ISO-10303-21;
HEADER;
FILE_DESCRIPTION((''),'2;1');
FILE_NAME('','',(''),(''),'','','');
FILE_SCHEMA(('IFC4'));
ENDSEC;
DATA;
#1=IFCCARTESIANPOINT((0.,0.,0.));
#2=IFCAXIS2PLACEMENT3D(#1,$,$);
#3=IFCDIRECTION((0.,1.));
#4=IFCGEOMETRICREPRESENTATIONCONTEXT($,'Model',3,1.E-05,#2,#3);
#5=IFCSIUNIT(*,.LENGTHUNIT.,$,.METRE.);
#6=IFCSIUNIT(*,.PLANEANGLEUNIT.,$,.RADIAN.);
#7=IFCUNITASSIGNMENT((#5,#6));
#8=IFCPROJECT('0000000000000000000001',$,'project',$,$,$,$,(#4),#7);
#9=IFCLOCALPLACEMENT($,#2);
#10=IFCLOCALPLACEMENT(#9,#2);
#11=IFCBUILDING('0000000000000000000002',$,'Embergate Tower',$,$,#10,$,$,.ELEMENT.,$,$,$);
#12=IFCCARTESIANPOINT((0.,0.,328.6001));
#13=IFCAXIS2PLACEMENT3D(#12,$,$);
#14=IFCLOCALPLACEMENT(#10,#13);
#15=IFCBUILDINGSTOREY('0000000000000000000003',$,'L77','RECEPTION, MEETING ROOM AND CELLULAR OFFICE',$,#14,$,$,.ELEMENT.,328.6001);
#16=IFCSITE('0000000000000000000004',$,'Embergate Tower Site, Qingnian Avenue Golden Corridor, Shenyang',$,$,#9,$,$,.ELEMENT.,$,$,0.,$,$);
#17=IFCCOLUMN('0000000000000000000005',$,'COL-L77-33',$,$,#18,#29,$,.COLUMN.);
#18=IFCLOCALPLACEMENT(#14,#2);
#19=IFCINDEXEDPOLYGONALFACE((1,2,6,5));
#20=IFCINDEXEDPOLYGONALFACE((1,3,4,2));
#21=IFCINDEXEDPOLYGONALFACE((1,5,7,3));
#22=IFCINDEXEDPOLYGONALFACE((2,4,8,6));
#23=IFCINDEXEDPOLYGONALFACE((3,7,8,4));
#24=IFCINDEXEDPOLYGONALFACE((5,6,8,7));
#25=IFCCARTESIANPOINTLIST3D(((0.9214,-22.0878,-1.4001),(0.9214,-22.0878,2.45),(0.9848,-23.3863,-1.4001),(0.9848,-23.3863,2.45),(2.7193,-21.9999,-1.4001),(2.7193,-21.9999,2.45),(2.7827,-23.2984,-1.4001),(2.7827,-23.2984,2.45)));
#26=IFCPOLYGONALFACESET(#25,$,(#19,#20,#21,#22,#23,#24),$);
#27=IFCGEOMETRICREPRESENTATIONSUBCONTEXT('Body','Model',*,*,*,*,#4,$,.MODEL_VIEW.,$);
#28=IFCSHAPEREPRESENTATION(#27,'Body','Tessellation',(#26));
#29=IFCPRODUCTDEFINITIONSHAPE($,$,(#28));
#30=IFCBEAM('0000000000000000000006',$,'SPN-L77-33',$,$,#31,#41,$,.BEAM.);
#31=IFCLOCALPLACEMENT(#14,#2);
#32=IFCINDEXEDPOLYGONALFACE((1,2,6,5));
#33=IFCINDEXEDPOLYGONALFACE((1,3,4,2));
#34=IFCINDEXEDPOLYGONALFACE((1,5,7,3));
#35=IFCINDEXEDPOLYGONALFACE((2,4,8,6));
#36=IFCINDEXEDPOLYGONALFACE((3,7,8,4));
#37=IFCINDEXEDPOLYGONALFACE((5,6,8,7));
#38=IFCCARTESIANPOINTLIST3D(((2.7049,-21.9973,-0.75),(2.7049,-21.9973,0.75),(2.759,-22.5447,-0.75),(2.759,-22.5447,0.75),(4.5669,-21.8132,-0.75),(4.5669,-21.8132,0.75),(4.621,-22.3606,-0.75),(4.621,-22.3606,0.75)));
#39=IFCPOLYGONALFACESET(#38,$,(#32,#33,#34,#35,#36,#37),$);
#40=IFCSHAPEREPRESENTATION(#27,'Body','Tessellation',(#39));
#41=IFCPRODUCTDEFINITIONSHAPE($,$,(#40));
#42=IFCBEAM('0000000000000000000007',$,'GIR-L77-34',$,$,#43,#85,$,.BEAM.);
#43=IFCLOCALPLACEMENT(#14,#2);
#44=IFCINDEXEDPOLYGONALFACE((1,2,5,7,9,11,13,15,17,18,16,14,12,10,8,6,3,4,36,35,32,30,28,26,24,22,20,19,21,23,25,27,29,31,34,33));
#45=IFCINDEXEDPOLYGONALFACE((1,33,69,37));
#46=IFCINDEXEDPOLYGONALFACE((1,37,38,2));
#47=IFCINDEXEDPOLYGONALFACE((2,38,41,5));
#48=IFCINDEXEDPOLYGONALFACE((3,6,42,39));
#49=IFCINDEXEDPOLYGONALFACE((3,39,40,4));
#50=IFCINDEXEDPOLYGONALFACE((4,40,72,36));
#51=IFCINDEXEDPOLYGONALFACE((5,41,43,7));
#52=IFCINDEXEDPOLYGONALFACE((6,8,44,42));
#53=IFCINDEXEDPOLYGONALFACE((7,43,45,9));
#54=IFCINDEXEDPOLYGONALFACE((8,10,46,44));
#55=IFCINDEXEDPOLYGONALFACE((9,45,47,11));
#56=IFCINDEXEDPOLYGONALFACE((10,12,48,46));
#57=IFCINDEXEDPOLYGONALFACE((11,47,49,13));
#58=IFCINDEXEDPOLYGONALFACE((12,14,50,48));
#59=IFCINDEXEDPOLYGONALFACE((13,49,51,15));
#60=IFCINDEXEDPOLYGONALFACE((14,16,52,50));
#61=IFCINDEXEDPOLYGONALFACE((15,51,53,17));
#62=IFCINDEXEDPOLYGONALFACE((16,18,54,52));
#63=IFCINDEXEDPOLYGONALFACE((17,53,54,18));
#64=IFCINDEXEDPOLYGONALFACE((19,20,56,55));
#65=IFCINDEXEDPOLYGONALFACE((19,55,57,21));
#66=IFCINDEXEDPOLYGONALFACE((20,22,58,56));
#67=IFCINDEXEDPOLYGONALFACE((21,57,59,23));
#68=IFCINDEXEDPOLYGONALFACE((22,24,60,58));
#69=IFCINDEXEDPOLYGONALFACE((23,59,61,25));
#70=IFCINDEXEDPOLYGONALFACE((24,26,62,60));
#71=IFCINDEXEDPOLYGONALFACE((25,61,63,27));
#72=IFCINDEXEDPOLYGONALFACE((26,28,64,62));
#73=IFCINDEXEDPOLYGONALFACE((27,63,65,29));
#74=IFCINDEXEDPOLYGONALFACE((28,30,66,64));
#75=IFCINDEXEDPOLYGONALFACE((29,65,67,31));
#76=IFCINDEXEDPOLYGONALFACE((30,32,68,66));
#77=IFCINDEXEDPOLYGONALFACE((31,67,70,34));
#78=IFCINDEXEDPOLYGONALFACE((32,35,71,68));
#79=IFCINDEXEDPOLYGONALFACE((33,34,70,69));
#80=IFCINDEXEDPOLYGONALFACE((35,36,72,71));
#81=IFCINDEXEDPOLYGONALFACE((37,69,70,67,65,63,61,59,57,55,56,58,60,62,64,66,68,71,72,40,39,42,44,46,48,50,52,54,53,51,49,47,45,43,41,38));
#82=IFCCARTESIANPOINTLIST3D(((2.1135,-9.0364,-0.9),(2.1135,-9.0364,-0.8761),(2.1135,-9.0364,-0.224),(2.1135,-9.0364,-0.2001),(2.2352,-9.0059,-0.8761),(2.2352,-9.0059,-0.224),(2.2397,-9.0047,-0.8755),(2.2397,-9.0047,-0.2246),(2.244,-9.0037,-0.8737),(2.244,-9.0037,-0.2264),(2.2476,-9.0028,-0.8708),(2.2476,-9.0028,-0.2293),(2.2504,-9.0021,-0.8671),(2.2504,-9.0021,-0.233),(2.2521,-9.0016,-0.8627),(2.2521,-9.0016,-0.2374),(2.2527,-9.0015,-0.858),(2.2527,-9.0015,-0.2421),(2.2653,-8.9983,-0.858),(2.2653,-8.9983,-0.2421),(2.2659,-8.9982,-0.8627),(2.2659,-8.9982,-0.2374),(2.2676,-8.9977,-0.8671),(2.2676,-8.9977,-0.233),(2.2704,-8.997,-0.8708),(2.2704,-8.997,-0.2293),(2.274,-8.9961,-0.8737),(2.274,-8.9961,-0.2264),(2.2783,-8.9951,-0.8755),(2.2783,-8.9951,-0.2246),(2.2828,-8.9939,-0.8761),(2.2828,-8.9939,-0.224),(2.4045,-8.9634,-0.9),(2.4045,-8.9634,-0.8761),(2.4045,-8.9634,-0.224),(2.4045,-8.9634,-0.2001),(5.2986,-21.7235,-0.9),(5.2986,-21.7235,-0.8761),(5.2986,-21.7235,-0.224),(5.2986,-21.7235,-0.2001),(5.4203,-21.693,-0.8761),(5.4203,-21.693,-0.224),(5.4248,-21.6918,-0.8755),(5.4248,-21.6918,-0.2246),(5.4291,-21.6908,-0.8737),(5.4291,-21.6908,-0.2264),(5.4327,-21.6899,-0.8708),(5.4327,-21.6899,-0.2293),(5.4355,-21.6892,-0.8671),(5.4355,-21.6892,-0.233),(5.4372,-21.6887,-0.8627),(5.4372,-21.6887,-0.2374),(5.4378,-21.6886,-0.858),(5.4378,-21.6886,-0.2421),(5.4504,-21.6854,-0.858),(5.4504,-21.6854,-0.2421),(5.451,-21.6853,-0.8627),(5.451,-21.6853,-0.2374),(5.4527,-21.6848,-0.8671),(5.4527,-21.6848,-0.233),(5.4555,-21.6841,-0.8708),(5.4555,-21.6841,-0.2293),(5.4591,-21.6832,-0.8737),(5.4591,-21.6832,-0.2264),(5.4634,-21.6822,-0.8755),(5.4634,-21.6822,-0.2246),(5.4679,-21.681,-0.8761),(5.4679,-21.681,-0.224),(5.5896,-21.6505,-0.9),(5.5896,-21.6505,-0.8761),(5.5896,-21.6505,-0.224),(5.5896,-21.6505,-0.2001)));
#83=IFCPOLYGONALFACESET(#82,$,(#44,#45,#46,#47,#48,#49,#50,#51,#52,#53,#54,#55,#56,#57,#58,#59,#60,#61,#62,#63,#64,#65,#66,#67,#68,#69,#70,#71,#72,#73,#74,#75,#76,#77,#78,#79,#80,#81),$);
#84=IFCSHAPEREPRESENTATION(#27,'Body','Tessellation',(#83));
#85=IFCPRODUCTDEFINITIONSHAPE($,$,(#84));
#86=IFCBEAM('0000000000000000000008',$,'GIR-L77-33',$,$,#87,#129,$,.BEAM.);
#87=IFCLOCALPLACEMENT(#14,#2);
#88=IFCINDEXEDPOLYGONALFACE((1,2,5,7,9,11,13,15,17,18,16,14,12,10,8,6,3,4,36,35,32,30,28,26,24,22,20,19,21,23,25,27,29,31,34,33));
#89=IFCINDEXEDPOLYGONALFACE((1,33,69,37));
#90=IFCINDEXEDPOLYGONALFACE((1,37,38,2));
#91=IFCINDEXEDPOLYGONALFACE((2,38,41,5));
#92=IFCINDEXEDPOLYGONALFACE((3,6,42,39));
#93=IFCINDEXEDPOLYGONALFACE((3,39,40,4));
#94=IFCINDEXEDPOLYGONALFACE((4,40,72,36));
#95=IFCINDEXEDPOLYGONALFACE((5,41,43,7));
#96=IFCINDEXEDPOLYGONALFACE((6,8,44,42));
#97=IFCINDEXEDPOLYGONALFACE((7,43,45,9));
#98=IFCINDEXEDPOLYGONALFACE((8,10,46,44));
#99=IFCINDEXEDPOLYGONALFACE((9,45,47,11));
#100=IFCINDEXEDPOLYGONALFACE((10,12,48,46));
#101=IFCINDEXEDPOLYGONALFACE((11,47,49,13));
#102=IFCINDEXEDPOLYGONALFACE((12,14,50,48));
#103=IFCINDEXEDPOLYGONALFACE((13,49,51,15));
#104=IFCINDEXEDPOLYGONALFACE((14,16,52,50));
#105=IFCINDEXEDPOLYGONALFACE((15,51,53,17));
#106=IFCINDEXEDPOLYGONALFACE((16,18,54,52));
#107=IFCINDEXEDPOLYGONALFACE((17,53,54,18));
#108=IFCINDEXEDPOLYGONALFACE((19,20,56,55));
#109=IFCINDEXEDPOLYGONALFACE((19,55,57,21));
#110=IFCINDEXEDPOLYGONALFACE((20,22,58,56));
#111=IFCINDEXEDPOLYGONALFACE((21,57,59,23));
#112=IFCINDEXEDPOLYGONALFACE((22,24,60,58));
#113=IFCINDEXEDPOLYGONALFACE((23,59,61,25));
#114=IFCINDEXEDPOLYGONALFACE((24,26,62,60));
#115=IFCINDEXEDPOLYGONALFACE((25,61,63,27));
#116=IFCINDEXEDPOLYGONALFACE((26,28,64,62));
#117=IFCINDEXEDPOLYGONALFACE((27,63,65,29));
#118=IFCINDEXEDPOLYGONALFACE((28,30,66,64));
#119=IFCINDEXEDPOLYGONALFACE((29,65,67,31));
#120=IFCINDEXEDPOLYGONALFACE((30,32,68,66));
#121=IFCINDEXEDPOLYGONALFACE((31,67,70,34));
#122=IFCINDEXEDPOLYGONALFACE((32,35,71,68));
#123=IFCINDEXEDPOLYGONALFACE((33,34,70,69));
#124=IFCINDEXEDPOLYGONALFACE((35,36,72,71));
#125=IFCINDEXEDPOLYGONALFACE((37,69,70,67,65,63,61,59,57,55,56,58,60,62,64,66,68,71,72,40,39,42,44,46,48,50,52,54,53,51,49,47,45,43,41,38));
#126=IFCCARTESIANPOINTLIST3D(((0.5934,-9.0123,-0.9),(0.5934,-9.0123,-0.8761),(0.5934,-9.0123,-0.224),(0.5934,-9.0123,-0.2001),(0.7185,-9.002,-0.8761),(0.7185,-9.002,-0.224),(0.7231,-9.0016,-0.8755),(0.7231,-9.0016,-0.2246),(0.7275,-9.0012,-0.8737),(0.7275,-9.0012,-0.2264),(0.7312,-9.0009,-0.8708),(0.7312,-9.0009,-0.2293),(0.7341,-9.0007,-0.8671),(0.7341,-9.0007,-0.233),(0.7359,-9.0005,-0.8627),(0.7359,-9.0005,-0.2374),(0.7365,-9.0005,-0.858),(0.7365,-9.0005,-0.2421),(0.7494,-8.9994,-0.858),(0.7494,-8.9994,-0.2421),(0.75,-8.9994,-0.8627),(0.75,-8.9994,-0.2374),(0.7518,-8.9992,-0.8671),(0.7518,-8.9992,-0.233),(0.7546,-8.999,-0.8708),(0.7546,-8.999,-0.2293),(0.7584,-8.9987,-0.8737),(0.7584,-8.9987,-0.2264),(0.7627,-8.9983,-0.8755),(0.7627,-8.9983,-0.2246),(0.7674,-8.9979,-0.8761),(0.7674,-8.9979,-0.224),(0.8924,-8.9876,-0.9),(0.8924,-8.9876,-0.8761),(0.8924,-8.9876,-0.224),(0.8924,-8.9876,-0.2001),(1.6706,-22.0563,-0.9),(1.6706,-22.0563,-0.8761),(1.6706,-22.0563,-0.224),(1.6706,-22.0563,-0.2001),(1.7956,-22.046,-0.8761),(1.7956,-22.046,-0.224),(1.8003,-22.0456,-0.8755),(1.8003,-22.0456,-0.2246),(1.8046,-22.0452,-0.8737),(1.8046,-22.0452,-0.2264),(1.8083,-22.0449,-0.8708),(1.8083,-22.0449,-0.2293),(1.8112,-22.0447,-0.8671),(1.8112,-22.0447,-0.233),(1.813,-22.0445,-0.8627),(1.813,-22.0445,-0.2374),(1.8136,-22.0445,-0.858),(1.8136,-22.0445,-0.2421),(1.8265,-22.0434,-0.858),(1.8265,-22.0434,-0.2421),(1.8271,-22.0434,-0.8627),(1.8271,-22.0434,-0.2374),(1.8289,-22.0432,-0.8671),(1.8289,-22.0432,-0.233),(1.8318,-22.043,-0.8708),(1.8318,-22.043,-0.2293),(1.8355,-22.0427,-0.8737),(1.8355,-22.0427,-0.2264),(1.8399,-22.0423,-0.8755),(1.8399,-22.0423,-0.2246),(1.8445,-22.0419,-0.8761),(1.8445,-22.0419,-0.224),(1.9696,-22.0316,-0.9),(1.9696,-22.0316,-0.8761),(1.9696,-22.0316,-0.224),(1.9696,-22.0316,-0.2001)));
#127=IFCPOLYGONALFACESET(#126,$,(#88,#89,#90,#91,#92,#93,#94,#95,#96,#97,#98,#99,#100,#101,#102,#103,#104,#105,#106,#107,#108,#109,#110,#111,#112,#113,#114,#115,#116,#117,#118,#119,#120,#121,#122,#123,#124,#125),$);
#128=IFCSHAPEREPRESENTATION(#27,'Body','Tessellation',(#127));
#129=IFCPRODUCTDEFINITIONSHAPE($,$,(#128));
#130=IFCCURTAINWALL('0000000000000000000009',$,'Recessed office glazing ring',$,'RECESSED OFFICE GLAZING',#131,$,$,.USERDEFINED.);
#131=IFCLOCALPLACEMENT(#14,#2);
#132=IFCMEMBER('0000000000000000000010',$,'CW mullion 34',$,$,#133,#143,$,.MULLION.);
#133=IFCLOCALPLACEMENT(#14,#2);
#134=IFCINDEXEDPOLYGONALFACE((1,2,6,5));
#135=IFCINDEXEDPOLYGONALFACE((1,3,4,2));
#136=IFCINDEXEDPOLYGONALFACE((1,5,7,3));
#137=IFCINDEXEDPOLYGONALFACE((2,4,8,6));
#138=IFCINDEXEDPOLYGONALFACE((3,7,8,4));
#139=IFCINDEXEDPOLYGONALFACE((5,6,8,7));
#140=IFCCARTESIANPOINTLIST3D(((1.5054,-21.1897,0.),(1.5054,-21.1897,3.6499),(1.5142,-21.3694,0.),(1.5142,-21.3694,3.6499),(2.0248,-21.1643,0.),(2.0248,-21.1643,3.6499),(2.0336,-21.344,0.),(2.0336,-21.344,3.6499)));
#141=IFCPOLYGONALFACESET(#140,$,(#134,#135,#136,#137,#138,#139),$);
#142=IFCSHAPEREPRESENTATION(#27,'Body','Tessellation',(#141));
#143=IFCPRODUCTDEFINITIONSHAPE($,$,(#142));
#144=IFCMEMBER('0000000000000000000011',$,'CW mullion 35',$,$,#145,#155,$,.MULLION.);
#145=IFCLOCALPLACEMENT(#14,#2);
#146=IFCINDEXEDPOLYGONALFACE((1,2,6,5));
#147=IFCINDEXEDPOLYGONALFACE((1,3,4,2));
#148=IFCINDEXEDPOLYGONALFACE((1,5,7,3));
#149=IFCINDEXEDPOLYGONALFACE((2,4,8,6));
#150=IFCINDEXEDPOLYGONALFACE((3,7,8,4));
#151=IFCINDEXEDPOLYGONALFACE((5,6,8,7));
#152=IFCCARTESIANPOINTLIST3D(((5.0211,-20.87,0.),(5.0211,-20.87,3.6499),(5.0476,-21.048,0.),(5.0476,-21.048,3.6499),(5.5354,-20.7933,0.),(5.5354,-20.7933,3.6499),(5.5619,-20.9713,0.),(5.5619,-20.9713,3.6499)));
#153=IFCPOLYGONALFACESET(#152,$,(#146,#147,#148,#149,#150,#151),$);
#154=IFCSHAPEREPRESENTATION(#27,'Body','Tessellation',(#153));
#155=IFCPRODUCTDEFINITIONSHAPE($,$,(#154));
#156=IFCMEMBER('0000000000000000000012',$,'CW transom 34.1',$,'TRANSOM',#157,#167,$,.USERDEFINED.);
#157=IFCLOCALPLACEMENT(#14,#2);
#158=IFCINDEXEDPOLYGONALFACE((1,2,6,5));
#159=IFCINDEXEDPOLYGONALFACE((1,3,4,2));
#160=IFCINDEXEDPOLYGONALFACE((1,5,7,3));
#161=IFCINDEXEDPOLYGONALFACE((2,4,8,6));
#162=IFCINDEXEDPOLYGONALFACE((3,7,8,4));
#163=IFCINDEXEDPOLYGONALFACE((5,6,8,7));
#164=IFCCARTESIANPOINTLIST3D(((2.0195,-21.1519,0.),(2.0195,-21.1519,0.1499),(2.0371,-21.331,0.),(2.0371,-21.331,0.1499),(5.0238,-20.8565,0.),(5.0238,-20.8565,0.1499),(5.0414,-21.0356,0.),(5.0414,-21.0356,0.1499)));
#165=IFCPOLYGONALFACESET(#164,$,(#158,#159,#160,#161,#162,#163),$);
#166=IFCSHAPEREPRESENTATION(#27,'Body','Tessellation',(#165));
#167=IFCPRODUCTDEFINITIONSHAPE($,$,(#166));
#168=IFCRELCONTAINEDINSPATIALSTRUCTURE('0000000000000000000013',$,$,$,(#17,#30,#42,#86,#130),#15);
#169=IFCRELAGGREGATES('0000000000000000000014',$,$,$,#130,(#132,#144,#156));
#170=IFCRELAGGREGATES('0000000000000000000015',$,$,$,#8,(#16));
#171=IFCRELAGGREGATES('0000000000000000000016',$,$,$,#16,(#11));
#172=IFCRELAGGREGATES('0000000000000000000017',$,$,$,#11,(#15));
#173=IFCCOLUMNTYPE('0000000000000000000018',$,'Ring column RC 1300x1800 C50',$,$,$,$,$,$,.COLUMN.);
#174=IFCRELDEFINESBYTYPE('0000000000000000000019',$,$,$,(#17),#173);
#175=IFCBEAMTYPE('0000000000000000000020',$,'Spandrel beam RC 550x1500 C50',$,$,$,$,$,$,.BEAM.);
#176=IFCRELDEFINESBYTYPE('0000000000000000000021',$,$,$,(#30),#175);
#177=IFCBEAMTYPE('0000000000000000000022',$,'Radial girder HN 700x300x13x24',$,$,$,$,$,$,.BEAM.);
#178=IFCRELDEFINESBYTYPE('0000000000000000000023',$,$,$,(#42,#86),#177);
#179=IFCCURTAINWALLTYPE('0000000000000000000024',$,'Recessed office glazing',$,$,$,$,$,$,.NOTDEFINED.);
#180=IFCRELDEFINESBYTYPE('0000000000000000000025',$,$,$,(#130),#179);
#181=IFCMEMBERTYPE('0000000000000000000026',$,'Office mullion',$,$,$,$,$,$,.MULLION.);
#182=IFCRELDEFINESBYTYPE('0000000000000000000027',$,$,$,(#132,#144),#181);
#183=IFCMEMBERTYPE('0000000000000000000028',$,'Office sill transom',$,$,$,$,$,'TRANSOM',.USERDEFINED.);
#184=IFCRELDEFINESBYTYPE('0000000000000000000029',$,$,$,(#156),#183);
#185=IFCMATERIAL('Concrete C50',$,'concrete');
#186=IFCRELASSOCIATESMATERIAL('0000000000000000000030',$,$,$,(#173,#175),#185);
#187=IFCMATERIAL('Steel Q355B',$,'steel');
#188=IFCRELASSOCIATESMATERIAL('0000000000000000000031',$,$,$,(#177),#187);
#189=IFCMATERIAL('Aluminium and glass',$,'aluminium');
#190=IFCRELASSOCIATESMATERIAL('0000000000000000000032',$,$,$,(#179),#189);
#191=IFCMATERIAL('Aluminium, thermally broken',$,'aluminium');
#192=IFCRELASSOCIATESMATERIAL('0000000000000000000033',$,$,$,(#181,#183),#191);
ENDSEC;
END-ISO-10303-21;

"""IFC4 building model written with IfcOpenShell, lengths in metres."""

from ifc_helpers import new_model, si_unit, direction, frame, origin, origin_2d, place, context, subcontext, project, spatial, rectangle, i_section, extrude, source, transform, mapped, material, material_profile, profile_set, type_object, element, aggregate, save


model = new_model("IFC4")

# Units and contexts
model_context = context("Model", 3, precision=1e-05, world=origin(), true_north=direction((0.0, 1.0)))
body_context = subcontext(model_context, "Body", "Model", "MODEL_VIEW")
ifc_project = project(units=[si_unit("LENGTHUNIT", "METRE"), si_unit("PLANEANGLEUNIT", "RADIAN")], contexts=[model_context])

# Site, building, storey
site_placement = place(None, origin())
site = spatial("IfcSite", under=ifc_project, at=site_placement, Name="Embergate Tower Site, Qingnian Avenue Golden Corridor, Shenyang", CompositionType="ELEMENT", RefElevation=0.0)
building_placement = place(site_placement, origin())
building = spatial("IfcBuilding", under=site, at=building_placement, Name="Embergate Tower", CompositionType="ELEMENT")
storey_placement = place(building_placement, frame((0.0, 0.0, 328.6001)))
storey = spatial("IfcBuildingStorey", under=building, at=storey_placement, Name="L77", Description="RECEPTION, MEETING ROOM AND CELLULAR OFFICE", CompositionType="ELEMENT", Elevation=328.6001)

# Column
ifc_material_1 = material(Name="Concrete C50", Category="concrete")
ifc_material_profile_1 = material_profile(ifc_material_1, rectangle(XDim=1.3, YDim=1.8, at=origin_2d()), Name="RC 1300x1800")
ifc_profile_set_1 = profile_set([ifc_material_profile_1], Name="Concrete C50")
column_type = type_object("IfcColumnType", Name="Ring column RC 1300x1800 C50", PredefinedType="COLUMN", material=ifc_profile_set_1)
shared_shape_1 = source(origin(), body_context, "Body", "SweptSolid", [
    extrude(rectangle(XDim=1.3, YDim=1.8, at=origin_2d()), origin(), (0.0, 0.0, 1.0), 3.8501),
])
column_placement = place(storey_placement, frame((1.8521, -22.6931, -1.4001), z_axis=(0.0, 0.0, 1.0), x_axis=(0.048815, -0.998808, 0.0)))
element("IfcColumn", 1, at=column_placement, inside=storey, type_object=column_type, Name="COL-L77-33", PredefinedType="COLUMN", context=body_context, shape_type="MappedRepresentation", body=[
    mapped(shared_shape_1, transform((0.0, 0.0, 0.0))),
])

# Beams
ifc_material_profile_2 = material_profile(ifc_material_1, rectangle(XDim=0.55, YDim=1.5, at=origin_2d()), Name="RC 550x1500")
ifc_profile_set_2 = profile_set([ifc_material_profile_2], Name="Concrete C50")
beam_type_1 = type_object("IfcBeamType", Name="Spandrel beam RC 550x1500 C50", PredefinedType="BEAM", material=ifc_profile_set_2)
shared_shape_2 = source(origin(), body_context, "Body", "SweptSolid", [
    extrude(rectangle(XDim=0.55, YDim=1.5, at=origin_2d()), origin(), (0.0, 0.0, 1.0), 1.8711),
])
beam_1_placement = place(storey_placement, frame((2.7319, -22.271, 0.0), z_axis=(0.995149, 0.09838, 0.0), x_axis=(-0.09838, 0.995149, 0.0)))
element("IfcBeam", 2, at=beam_1_placement, inside=storey, type_object=beam_type_1, Name="SPN-L77-33", PredefinedType="BEAM", context=body_context, shape_type="MappedRepresentation", body=[
    mapped(shared_shape_2, transform((0.0, 0.0, 0.0))),
])
ifc_material_2 = material(Name="Steel Q355B", Category="steel")
ifc_material_profile_3 = material_profile(ifc_material_2, i_section(OverallWidth=0.3, OverallDepth=0.7, WebThickness=0.0129, FlangeThickness=0.0239, FilletRadius=0.0181, at=origin_2d()), Name="HN 700x300x13x24")
ifc_profile_set_3 = profile_set([ifc_material_profile_3], Name="Steel Q355 grade B")
beam_type_2 = type_object("IfcBeamType", Name="Radial girder HN 700x300x13x24", PredefinedType="BEAM", material=ifc_profile_set_3)
shared_shape_3 = source(origin(), body_context, "Body", "SweptSolid", [
    extrude(i_section(OverallWidth=0.3, OverallDepth=0.7, WebThickness=0.0129, FlangeThickness=0.0239, FilletRadius=0.0181, at=origin_2d()), origin(), (0.0, 0.0, 1.0), 13.0808),
])
beam_2_placement = place(storey_placement, frame((5.4441, -21.687, -0.55), z_axis=(-0.243493, 0.969903, 0.0), x_axis=(-0.969903, -0.243493, 0.0)))
element("IfcBeam", 3, at=beam_2_placement, inside=storey, type_object=beam_type_2, Name="GIR-L77-34", PredefinedType="BEAM", context=body_context, shape_type="MappedRepresentation", body=[
    mapped(shared_shape_3, transform((0.0, 0.0, 0.0))),
])
shared_shape_4 = source(origin(), body_context, "Body", "SweptSolid", [
    extrude(i_section(OverallWidth=0.3, OverallDepth=0.7, WebThickness=0.0129, FlangeThickness=0.0239, FilletRadius=0.0181, at=origin_2d()), origin(), (0.0, 0.0, 1.0), 13.0884),
])
beam_3_placement = place(storey_placement, frame((1.8201, -22.0439, -0.55), z_axis=(-0.082298, 0.996608, 0.0), x_axis=(-0.996608, -0.082298, 0.0)))
element("IfcBeam", 4, at=beam_3_placement, inside=storey, type_object=beam_type_2, Name="GIR-L77-33", PredefinedType="BEAM", context=body_context, shape_type="MappedRepresentation", body=[
    mapped(shared_shape_4, transform((0.0, 0.0, 0.0))),
])

# Curtain wall, members
ifc_material_3 = material(Name="Aluminium and glass", Category="aluminium")
curtain_wall_type = type_object("IfcCurtainWallType", Name="Recessed office glazing", PredefinedType="NOTDEFINED", material=ifc_material_3)
curtain_wall_placement = place(storey_placement, origin())
curtain_wall = element("IfcCurtainWall", 5, at=curtain_wall_placement, inside=storey, type_object=curtain_wall_type, Name="Recessed office glazing ring", ObjectType="RECESSED OFFICE GLAZING", PredefinedType="USERDEFINED")
ifc_material_4 = material(Name="Aluminium, thermally broken", Category="aluminium")
ifc_material_profile_4 = material_profile(ifc_material_4, rectangle(XDim=0.1799, YDim=0.52, at=origin_2d()), Name="AL 520x180")
ifc_profile_set_4 = profile_set([ifc_material_profile_4], Name="Aluminium, thermally broken")
member_type_1 = type_object("IfcMemberType", Name="Office mullion", PredefinedType="MULLION", material=ifc_profile_set_4)
shared_shape_5 = source(origin(), body_context, "Body", "SweptSolid", [
    extrude(rectangle(XDim=0.1799, YDim=0.52, at=origin_2d()), origin(), (0.0, 0.0, 1.0), 3.6499),
])
member_1_placement = place(storey_placement, frame((1.7695, -21.2668, 0.0), z_axis=(0.0, 0.0, 1.0), x_axis=(-0.04897, 0.9988, 0.0)))
member_1 = element("IfcMember", 6, at=member_1_placement, type_object=member_type_1, Name="CW mullion 34", PredefinedType="MULLION", context=body_context, shape_type="MappedRepresentation", body=[
    mapped(shared_shape_5, transform((0.0, 0.0, 0.0))),
])
member_2_placement = place(storey_placement, frame((5.2915, -20.9207, 0.0), z_axis=(0.0, 0.0, 1.0), x_axis=(-0.147409, 0.989076, 0.0)))
member_2 = element("IfcMember", 7, at=member_2_placement, type_object=member_type_1, Name="CW mullion 35", PredefinedType="MULLION", context=body_context, shape_type="MappedRepresentation", body=[
    mapped(shared_shape_5, transform((0.0, 0.0, 0.0))),
])
ifc_material_profile_5 = material_profile(ifc_material_4, rectangle(XDim=0.1799, YDim=0.1499, at=origin_2d()), Name="AL 150x180")
ifc_profile_set_5 = profile_set([ifc_material_profile_5], Name="Aluminium, thermally broken")
member_type_2 = type_object("IfcMemberType", Name="Office sill transom", ElementType="TRANSOM", PredefinedType="USERDEFINED", material=ifc_profile_set_5)
shared_shape_6 = source(origin(), body_context, "Body", "SweptSolid", [
    extrude(rectangle(XDim=0.1799, YDim=0.1499, at=origin_2d()), origin(), (0.0, 0.0, 1.0), 3.0188),
])
member_3_placement = place(storey_placement, frame((2.0283, -21.2415, 0.075), z_axis=(0.995201, 0.097854, 0.0), x_axis=(-0.097854, 0.995201, 0.0)))
member_3 = element("IfcMember", 8, at=member_3_placement, type_object=member_type_2, Name="CW transom 34.1", ObjectType="TRANSOM", PredefinedType="USERDEFINED", context=body_context, shape_type="MappedRepresentation", body=[
    mapped(shared_shape_6, transform((0.0, 0.0, 0.0))),
])
aggregate(curtain_wall, [member_1, member_2, member_3])

save(model, "model.ifc")
